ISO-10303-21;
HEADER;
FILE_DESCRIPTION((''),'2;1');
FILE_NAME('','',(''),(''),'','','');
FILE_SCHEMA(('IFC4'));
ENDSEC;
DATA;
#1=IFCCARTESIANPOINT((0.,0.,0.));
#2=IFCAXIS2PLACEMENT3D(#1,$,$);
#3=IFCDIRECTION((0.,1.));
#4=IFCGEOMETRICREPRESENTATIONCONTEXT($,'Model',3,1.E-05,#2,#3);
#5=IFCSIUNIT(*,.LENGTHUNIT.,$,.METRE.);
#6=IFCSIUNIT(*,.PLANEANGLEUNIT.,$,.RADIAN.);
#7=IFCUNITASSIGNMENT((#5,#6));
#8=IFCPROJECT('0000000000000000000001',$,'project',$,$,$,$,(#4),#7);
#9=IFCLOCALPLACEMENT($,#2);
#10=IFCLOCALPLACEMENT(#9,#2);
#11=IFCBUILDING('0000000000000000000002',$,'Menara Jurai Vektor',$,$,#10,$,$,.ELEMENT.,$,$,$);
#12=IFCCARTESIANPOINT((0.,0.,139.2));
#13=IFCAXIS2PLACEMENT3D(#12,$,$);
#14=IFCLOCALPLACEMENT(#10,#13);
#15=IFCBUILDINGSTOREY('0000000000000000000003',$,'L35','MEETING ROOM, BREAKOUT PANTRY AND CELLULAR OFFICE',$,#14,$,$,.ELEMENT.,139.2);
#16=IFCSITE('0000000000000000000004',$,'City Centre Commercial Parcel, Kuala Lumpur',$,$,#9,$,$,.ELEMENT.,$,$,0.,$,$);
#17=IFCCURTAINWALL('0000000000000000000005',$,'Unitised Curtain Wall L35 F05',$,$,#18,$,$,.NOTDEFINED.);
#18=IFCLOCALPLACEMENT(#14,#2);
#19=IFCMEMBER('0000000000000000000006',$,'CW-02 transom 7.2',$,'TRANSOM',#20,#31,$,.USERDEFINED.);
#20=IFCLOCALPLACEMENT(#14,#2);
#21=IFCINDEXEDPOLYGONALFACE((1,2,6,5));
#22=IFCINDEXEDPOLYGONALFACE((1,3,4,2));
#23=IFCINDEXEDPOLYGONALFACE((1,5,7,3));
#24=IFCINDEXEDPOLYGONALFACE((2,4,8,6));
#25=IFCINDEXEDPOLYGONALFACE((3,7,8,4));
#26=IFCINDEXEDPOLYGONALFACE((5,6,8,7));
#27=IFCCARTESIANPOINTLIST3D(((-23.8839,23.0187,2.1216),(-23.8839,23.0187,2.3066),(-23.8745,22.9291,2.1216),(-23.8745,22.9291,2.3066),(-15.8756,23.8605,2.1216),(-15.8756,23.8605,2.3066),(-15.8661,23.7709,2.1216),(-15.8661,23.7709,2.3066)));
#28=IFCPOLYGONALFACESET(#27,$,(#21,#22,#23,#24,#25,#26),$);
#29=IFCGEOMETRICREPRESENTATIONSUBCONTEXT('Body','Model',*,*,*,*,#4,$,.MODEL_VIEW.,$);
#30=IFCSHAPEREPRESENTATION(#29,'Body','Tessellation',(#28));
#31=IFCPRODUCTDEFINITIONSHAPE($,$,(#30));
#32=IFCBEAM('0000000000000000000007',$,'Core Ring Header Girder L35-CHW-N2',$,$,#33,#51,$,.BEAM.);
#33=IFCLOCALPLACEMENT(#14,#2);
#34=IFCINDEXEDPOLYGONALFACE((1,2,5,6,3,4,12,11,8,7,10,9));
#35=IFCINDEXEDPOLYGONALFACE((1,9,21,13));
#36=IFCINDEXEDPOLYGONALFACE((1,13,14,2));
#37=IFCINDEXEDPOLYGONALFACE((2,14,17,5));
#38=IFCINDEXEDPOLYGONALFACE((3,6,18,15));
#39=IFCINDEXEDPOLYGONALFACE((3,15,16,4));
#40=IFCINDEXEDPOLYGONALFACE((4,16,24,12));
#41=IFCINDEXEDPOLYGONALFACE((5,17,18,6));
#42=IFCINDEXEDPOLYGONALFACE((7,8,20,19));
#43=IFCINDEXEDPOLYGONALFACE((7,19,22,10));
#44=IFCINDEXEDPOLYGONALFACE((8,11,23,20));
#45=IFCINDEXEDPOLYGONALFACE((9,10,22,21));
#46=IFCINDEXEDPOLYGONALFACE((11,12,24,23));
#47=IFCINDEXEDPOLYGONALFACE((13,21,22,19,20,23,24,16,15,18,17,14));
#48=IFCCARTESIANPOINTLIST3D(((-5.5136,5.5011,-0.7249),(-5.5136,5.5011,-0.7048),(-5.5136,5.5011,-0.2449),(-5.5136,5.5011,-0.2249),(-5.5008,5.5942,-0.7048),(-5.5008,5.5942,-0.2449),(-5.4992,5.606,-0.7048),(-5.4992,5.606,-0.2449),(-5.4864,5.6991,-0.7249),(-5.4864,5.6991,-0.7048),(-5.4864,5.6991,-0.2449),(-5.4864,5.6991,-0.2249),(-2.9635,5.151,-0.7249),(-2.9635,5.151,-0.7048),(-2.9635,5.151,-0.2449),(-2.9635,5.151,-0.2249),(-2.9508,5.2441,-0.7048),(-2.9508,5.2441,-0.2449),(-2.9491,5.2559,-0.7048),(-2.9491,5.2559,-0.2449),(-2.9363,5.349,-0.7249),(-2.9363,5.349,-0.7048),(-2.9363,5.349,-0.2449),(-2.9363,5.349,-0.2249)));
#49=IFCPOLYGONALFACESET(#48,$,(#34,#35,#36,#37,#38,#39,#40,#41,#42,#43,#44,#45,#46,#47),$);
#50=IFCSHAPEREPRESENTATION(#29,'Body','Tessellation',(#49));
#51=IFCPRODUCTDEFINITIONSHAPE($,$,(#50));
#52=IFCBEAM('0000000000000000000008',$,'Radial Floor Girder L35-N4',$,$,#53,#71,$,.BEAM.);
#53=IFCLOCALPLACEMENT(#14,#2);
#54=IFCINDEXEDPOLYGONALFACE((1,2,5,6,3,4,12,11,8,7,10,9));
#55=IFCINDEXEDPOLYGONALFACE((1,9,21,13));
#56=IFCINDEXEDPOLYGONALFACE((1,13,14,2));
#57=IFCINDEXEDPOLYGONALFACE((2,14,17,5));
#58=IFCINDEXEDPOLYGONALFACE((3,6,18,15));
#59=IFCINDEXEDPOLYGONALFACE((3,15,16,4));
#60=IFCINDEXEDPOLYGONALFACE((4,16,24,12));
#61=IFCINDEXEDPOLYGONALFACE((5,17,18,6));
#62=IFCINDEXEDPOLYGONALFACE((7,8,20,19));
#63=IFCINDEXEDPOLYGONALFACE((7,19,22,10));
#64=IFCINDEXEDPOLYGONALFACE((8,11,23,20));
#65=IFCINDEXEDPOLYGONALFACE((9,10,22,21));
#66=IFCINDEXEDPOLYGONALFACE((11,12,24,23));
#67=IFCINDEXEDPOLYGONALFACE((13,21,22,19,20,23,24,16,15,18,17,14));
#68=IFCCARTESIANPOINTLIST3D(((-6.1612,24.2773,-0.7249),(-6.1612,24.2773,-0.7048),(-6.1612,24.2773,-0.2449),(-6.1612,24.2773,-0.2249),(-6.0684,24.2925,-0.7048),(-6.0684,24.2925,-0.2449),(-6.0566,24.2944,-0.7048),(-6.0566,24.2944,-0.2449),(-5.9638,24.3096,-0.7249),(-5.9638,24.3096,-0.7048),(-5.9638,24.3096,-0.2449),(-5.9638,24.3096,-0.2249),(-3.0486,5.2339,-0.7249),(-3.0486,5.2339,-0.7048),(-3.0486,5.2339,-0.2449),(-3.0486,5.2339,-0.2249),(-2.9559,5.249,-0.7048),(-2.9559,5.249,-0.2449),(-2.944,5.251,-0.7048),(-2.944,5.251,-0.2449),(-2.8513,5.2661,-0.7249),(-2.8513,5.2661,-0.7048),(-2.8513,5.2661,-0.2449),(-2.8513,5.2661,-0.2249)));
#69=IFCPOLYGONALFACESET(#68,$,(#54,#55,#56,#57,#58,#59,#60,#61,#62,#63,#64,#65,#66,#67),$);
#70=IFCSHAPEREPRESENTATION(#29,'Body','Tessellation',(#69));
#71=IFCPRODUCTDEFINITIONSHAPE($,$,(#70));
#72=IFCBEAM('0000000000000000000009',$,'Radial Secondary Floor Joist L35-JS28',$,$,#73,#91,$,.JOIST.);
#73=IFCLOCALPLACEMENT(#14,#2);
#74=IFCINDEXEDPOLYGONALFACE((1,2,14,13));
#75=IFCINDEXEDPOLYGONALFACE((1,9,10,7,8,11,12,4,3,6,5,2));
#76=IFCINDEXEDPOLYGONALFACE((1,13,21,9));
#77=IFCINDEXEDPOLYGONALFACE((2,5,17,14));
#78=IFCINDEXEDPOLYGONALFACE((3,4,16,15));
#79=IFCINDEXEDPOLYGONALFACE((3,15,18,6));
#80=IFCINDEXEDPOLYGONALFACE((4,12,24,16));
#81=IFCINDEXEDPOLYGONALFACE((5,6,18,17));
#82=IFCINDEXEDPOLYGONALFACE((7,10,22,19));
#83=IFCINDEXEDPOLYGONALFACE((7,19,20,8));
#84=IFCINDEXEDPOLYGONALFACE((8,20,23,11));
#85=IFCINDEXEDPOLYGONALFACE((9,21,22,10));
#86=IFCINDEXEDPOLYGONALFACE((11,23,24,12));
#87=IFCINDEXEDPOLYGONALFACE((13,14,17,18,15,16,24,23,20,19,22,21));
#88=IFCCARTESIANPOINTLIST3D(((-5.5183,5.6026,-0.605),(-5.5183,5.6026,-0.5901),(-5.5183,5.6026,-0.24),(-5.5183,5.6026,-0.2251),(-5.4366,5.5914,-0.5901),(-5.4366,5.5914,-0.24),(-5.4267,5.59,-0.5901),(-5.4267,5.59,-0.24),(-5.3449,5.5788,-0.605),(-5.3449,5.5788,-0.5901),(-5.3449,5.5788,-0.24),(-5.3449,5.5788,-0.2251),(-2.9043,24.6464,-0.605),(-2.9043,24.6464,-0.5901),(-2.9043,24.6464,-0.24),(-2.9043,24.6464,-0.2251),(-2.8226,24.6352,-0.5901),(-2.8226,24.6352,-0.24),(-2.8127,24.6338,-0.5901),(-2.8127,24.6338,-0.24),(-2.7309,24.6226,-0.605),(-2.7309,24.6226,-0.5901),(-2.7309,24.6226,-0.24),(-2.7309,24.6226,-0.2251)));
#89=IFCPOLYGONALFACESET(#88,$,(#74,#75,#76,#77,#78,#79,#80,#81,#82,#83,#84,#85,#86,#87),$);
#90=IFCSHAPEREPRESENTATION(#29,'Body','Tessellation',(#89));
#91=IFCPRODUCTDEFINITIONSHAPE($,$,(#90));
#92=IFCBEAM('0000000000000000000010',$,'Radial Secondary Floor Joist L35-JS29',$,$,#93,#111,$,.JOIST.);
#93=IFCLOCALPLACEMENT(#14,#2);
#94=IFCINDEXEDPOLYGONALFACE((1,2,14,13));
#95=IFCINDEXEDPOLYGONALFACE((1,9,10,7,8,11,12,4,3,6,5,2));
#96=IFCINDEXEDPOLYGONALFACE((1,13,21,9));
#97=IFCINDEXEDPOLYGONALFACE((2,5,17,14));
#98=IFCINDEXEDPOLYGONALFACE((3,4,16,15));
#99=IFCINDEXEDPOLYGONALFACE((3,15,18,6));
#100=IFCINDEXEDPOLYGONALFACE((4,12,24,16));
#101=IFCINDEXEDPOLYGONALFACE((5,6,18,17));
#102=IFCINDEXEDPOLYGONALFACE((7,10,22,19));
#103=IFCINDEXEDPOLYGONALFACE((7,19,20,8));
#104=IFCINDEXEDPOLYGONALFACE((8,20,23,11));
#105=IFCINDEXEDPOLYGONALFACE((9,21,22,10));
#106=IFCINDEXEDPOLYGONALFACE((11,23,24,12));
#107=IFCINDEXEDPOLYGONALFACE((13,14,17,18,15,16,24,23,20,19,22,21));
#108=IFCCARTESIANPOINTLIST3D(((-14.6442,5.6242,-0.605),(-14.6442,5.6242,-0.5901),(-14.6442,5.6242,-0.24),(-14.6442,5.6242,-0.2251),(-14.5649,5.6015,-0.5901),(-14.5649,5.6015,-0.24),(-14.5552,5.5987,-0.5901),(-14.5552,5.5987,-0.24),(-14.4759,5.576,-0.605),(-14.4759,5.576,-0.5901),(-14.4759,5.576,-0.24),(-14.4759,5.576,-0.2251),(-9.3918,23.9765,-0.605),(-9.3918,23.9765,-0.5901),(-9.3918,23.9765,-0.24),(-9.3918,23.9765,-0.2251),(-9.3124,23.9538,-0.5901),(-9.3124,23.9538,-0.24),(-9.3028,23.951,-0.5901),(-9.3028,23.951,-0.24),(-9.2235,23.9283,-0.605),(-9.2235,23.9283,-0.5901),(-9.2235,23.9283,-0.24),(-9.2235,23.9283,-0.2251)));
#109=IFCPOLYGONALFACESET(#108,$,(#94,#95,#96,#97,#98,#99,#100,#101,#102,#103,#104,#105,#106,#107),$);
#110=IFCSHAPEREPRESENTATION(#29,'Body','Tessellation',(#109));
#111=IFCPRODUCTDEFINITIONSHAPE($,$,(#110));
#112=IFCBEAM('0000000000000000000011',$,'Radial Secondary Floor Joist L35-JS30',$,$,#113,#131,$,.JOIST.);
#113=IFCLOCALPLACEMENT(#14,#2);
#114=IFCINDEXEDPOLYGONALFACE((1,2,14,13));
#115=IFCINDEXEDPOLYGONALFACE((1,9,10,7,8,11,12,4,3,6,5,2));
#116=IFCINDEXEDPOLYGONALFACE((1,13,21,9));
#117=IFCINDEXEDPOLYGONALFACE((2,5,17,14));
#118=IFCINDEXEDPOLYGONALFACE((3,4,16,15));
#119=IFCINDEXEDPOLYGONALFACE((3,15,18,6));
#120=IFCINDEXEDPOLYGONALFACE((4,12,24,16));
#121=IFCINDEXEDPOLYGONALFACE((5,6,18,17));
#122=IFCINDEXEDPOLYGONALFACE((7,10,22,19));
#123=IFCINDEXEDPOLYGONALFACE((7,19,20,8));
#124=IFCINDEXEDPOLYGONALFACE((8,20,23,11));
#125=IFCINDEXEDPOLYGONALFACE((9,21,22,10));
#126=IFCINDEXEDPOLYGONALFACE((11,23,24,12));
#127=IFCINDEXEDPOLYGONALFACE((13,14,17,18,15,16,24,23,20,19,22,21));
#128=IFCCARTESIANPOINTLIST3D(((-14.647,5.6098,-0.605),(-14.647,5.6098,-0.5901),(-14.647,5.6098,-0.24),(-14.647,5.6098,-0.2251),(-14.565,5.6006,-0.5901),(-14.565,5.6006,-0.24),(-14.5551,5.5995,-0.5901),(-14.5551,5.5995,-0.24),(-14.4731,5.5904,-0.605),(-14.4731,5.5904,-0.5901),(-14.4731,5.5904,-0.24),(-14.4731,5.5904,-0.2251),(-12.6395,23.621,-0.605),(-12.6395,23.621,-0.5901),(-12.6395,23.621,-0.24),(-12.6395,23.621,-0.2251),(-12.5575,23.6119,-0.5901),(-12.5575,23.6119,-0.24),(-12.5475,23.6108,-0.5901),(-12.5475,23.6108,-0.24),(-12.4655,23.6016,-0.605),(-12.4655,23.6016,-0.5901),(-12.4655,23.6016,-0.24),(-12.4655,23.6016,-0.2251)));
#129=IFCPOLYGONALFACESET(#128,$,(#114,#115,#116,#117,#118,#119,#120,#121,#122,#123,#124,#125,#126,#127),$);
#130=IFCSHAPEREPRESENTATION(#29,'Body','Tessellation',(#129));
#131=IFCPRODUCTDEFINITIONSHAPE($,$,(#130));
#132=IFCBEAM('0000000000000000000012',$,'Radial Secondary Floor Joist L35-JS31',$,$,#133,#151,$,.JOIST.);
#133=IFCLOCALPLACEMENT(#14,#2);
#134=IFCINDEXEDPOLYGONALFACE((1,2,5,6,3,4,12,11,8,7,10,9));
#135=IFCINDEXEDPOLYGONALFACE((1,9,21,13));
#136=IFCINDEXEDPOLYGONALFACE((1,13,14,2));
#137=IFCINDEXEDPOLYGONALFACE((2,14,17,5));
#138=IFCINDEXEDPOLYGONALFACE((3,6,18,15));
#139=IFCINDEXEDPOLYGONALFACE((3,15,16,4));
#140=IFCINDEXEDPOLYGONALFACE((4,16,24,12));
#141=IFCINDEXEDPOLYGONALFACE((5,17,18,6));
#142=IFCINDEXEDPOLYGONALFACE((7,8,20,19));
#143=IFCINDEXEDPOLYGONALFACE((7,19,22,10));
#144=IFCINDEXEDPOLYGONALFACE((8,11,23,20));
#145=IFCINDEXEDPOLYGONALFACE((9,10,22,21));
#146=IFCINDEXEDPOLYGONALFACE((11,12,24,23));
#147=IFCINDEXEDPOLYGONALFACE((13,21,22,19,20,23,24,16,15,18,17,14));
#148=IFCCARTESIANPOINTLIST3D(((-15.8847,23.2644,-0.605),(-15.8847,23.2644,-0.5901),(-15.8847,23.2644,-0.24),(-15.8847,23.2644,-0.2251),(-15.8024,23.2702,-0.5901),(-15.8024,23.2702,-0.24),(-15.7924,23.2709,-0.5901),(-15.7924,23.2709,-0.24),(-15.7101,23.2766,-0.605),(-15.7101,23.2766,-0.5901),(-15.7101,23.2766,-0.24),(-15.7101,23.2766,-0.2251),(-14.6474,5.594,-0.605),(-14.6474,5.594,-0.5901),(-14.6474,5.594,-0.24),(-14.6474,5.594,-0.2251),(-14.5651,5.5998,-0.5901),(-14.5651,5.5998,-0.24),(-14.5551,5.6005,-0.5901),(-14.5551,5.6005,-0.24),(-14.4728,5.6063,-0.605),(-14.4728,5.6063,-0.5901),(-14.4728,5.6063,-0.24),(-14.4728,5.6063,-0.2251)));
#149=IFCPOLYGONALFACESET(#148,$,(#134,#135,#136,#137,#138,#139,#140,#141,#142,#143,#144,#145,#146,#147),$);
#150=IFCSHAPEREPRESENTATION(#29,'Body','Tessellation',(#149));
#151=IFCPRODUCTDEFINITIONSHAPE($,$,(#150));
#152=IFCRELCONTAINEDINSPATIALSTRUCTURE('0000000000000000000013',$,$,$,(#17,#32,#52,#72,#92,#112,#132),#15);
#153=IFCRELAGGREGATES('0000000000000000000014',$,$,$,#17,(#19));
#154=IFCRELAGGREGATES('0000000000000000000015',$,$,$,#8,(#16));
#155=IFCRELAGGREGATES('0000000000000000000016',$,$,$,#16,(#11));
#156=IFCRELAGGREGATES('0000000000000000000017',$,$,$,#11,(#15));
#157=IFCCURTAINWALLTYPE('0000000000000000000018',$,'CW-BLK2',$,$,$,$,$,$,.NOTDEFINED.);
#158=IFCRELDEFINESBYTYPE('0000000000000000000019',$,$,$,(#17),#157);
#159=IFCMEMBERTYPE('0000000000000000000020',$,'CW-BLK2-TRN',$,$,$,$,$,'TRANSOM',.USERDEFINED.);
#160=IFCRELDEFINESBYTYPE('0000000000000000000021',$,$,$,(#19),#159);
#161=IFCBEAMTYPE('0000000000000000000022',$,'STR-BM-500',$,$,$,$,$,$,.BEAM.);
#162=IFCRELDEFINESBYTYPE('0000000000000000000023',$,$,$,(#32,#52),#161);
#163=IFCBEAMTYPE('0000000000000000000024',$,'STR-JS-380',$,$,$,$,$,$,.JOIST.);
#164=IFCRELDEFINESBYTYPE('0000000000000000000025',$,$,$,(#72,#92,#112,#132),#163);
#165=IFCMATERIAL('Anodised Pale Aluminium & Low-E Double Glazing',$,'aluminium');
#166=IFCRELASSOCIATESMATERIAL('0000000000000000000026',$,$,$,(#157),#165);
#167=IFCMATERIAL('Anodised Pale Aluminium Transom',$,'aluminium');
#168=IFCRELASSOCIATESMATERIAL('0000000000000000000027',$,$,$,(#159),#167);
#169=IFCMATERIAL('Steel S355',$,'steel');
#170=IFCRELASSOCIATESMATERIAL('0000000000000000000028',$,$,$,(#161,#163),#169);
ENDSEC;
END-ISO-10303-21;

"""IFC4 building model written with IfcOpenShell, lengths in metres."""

from ifc_helpers import new_model, si_unit, direction, frame, origin, origin_2d, place, context, subcontext, project, spatial, rectangle, i_section, extrude, material, material_profile, profile_set, type_object, element, aggregate, save


model = new_model("IFC4")

# Units and contexts
model_context = context("Model", 3, precision=1e-05, world=origin(), true_north=direction((0.0, 1.0)))
body_context = subcontext(model_context, "Body", "Model", "MODEL_VIEW")
ifc_project = project(units=[si_unit("LENGTHUNIT", "METRE"), si_unit("PLANEANGLEUNIT", "RADIAN")], contexts=[model_context])

# Site, building, storey
site_placement = place(None, origin())
site = spatial("IfcSite", under=ifc_project, at=site_placement, Name="City Centre Commercial Parcel, Kuala Lumpur", CompositionType="ELEMENT", RefElevation=0.0)
building_placement = place(site_placement, origin())
building = spatial("IfcBuilding", under=site, at=building_placement, Name="Menara Jurai Vektor", CompositionType="ELEMENT")
storey_placement = place(building_placement, frame((0.0, 0.0, 139.2)))
storey = spatial("IfcBuildingStorey", under=building, at=storey_placement, Name="L35", Description="MEETING ROOM, BREAKOUT PANTRY AND CELLULAR OFFICE", CompositionType="ELEMENT", Elevation=139.2)

# Shared definitions
ifc_material_1 = material(Name="Steel S355", Category="steel")

# Curtain wall, member
ifc_material_2 = material(Name="Anodised Pale Aluminium & Low-E Double Glazing", Category="aluminium")
curtain_wall_type = type_object("IfcCurtainWallType", Name="CW-BLK2", PredefinedType="NOTDEFINED", material=ifc_material_2)
curtain_wall_placement = place(storey_placement, origin())
curtain_wall = element("IfcCurtainWall", 1, at=curtain_wall_placement, inside=storey, type_object=curtain_wall_type, Name="Unitised Curtain Wall L35 F05", PredefinedType="NOTDEFINED")
ifc_material_3 = material(Name="Anodised Pale Aluminium Transom", Category="aluminium")
ifc_material_profile_1 = material_profile(ifc_material_3, rectangle(XDim=0.0901, YDim=0.1851, at=origin_2d()), Name="ALU TRN 90x185")
ifc_profile_set_1 = profile_set([ifc_material_profile_1], Name="Anodised Pale Aluminium Transom")
member_type_1 = type_object("IfcMemberType", Name="CW-BLK2-TRN", ElementType="TRANSOM", PredefinedType="USERDEFINED", material=ifc_profile_set_1)
member_1_placement = place(storey_placement, frame((-15.8708, 23.8157, 2.2141), z_axis=(-0.994521, -0.10454, 0.0), x_axis=(0.10454, -0.994521, 0.0)))
member_1 = element("IfcMember", 2, at=member_1_placement, type_object=member_type_1, Name="CW-02 transom 7.2", ObjectType="TRANSOM", PredefinedType="USERDEFINED", context=body_context, shape_type="SweptSolid", body=[
    extrude(rectangle(XDim=0.0901, YDim=0.1851, at=origin_2d()), origin(), (0.0, 0.0, 1.0), 8.0525),
])

# Beams
ifc_material_profile_2 = material_profile(ifc_material_1, i_section(OverallWidth=0.2, OverallDepth=0.5, WebThickness=0.012, FlangeThickness=0.02, at=origin_2d()), Name="PG 500x200x96")
ifc_profile_set_2 = profile_set([ifc_material_profile_2], Name="Steel S355")
beam_type_1 = type_object("IfcBeamType", Name="STR-BM-500", PredefinedType="BEAM", material=ifc_profile_set_2)
beam_1_placement = place(storey_placement, frame((-5.5, 5.6001, -0.4749), z_axis=(0.990707, -0.136015, 0.0), x_axis=(0.136015, 0.990707, 0.0)))
element("IfcBeam", 3, at=beam_1_placement, inside=storey, type_object=beam_type_1, Name="Core Ring Header Girder L35-CHW-N2", PredefinedType="BEAM", context=body_context, shape_type="SweptSolid", body=[
    extrude(i_section(OverallWidth=0.2, OverallDepth=0.5, WebThickness=0.012, FlangeThickness=0.02, at=origin_2d()), origin(), (0.0, 0.0, 1.0), 2.574),
])
beam_2_placement = place(storey_placement, frame((-6.0625, 24.2935, -0.4749), z_axis=(0.161304, -0.986905, 0.0), x_axis=(0.986905, 0.161304, 0.0)))
element("IfcBeam", 4, at=beam_2_placement, inside=storey, type_object=beam_type_1, Name="Radial Floor Girder L35-N4", PredefinedType="BEAM", context=body_context, shape_type="SweptSolid", body=[
    extrude(i_section(OverallWidth=0.2, OverallDepth=0.5, WebThickness=0.012, FlangeThickness=0.02, at=origin_2d()), origin(), (0.0, 0.0, 1.0), 19.2961),
])
ifc_material_profile_3 = material_profile(ifc_material_1, i_section(OverallWidth=0.175, OverallDepth=0.3799, WebThickness=0.01, FlangeThickness=0.0149, at=origin_2d()), Name="PG 380x175x58")
ifc_profile_set_3 = profile_set([ifc_material_profile_3], Name="Steel S355")
beam_type_2 = type_object("IfcBeamType", Name="STR-JS-380", PredefinedType="JOIST", material=ifc_profile_set_3)
beam_3_placement = place(storey_placement, frame((-2.8176, 24.6345, -0.415), z_axis=(-0.135987, -0.990711, 0.0), x_axis=(0.990711, -0.135987, 0.0)))
element("IfcBeam", 5, at=beam_3_placement, inside=storey, type_object=beam_type_2, Name="Radial Secondary Floor Joist L35-JS28", PredefinedType="JOIST", context=body_context, shape_type="SweptSolid", body=[
    extrude(i_section(OverallWidth=0.175, OverallDepth=0.3799, WebThickness=0.01, FlangeThickness=0.0149, at=origin_2d()), origin(), (0.0, 0.0, 1.0), 19.2224),
])
beam_4_placement = place(storey_placement, frame((-9.3076, 23.9524, -0.415), z_axis=(-0.275154, -0.9614, 0.0), x_axis=(0.9614, -0.275154, 0.0)))
element("IfcBeam", 6, at=beam_4_placement, inside=storey, type_object=beam_type_2, Name="Radial Secondary Floor Joist L35-JS29", PredefinedType="JOIST", context=body_context, shape_type="SweptSolid", body=[
    extrude(i_section(OverallWidth=0.175, OverallDepth=0.3799, WebThickness=0.01, FlangeThickness=0.0149, at=origin_2d()), origin(), (0.0, 0.0, 1.0), 19.0891),
])
beam_5_placement = place(storey_placement, frame((-12.5525, 23.6113, -0.415), z_axis=(-0.110776, -0.993845, 0.0), x_axis=(0.993845, -0.110776, 0.0)))
element("IfcBeam", 7, at=beam_5_placement, inside=storey, type_object=beam_type_2, Name="Radial Secondary Floor Joist L35-JS30", PredefinedType="JOIST", context=body_context, shape_type="SweptSolid", body=[
    extrude(i_section(OverallWidth=0.175, OverallDepth=0.3799, WebThickness=0.01, FlangeThickness=0.0149, at=origin_2d()), origin(), (0.0, 0.0, 1.0), 18.1228),
])
beam_6_placement = place(storey_placement, frame((-15.7974, 23.2705, -0.415), z_axis=(0.06985, -0.997557, 0.0), x_axis=(0.997557, 0.06985, 0.0)))
element("IfcBeam", 8, at=beam_6_placement, inside=storey, type_object=beam_type_2, Name="Radial Secondary Floor Joist L35-JS31", PredefinedType="JOIST", context=body_context, shape_type="SweptSolid", body=[
    extrude(i_section(OverallWidth=0.175, OverallDepth=0.3799, WebThickness=0.01, FlangeThickness=0.0149, at=origin_2d()), origin(), (0.0, 0.0, 1.0), 17.7136),
])

aggregate(curtain_wall, [member_1])

save(model, "model.ifc")
